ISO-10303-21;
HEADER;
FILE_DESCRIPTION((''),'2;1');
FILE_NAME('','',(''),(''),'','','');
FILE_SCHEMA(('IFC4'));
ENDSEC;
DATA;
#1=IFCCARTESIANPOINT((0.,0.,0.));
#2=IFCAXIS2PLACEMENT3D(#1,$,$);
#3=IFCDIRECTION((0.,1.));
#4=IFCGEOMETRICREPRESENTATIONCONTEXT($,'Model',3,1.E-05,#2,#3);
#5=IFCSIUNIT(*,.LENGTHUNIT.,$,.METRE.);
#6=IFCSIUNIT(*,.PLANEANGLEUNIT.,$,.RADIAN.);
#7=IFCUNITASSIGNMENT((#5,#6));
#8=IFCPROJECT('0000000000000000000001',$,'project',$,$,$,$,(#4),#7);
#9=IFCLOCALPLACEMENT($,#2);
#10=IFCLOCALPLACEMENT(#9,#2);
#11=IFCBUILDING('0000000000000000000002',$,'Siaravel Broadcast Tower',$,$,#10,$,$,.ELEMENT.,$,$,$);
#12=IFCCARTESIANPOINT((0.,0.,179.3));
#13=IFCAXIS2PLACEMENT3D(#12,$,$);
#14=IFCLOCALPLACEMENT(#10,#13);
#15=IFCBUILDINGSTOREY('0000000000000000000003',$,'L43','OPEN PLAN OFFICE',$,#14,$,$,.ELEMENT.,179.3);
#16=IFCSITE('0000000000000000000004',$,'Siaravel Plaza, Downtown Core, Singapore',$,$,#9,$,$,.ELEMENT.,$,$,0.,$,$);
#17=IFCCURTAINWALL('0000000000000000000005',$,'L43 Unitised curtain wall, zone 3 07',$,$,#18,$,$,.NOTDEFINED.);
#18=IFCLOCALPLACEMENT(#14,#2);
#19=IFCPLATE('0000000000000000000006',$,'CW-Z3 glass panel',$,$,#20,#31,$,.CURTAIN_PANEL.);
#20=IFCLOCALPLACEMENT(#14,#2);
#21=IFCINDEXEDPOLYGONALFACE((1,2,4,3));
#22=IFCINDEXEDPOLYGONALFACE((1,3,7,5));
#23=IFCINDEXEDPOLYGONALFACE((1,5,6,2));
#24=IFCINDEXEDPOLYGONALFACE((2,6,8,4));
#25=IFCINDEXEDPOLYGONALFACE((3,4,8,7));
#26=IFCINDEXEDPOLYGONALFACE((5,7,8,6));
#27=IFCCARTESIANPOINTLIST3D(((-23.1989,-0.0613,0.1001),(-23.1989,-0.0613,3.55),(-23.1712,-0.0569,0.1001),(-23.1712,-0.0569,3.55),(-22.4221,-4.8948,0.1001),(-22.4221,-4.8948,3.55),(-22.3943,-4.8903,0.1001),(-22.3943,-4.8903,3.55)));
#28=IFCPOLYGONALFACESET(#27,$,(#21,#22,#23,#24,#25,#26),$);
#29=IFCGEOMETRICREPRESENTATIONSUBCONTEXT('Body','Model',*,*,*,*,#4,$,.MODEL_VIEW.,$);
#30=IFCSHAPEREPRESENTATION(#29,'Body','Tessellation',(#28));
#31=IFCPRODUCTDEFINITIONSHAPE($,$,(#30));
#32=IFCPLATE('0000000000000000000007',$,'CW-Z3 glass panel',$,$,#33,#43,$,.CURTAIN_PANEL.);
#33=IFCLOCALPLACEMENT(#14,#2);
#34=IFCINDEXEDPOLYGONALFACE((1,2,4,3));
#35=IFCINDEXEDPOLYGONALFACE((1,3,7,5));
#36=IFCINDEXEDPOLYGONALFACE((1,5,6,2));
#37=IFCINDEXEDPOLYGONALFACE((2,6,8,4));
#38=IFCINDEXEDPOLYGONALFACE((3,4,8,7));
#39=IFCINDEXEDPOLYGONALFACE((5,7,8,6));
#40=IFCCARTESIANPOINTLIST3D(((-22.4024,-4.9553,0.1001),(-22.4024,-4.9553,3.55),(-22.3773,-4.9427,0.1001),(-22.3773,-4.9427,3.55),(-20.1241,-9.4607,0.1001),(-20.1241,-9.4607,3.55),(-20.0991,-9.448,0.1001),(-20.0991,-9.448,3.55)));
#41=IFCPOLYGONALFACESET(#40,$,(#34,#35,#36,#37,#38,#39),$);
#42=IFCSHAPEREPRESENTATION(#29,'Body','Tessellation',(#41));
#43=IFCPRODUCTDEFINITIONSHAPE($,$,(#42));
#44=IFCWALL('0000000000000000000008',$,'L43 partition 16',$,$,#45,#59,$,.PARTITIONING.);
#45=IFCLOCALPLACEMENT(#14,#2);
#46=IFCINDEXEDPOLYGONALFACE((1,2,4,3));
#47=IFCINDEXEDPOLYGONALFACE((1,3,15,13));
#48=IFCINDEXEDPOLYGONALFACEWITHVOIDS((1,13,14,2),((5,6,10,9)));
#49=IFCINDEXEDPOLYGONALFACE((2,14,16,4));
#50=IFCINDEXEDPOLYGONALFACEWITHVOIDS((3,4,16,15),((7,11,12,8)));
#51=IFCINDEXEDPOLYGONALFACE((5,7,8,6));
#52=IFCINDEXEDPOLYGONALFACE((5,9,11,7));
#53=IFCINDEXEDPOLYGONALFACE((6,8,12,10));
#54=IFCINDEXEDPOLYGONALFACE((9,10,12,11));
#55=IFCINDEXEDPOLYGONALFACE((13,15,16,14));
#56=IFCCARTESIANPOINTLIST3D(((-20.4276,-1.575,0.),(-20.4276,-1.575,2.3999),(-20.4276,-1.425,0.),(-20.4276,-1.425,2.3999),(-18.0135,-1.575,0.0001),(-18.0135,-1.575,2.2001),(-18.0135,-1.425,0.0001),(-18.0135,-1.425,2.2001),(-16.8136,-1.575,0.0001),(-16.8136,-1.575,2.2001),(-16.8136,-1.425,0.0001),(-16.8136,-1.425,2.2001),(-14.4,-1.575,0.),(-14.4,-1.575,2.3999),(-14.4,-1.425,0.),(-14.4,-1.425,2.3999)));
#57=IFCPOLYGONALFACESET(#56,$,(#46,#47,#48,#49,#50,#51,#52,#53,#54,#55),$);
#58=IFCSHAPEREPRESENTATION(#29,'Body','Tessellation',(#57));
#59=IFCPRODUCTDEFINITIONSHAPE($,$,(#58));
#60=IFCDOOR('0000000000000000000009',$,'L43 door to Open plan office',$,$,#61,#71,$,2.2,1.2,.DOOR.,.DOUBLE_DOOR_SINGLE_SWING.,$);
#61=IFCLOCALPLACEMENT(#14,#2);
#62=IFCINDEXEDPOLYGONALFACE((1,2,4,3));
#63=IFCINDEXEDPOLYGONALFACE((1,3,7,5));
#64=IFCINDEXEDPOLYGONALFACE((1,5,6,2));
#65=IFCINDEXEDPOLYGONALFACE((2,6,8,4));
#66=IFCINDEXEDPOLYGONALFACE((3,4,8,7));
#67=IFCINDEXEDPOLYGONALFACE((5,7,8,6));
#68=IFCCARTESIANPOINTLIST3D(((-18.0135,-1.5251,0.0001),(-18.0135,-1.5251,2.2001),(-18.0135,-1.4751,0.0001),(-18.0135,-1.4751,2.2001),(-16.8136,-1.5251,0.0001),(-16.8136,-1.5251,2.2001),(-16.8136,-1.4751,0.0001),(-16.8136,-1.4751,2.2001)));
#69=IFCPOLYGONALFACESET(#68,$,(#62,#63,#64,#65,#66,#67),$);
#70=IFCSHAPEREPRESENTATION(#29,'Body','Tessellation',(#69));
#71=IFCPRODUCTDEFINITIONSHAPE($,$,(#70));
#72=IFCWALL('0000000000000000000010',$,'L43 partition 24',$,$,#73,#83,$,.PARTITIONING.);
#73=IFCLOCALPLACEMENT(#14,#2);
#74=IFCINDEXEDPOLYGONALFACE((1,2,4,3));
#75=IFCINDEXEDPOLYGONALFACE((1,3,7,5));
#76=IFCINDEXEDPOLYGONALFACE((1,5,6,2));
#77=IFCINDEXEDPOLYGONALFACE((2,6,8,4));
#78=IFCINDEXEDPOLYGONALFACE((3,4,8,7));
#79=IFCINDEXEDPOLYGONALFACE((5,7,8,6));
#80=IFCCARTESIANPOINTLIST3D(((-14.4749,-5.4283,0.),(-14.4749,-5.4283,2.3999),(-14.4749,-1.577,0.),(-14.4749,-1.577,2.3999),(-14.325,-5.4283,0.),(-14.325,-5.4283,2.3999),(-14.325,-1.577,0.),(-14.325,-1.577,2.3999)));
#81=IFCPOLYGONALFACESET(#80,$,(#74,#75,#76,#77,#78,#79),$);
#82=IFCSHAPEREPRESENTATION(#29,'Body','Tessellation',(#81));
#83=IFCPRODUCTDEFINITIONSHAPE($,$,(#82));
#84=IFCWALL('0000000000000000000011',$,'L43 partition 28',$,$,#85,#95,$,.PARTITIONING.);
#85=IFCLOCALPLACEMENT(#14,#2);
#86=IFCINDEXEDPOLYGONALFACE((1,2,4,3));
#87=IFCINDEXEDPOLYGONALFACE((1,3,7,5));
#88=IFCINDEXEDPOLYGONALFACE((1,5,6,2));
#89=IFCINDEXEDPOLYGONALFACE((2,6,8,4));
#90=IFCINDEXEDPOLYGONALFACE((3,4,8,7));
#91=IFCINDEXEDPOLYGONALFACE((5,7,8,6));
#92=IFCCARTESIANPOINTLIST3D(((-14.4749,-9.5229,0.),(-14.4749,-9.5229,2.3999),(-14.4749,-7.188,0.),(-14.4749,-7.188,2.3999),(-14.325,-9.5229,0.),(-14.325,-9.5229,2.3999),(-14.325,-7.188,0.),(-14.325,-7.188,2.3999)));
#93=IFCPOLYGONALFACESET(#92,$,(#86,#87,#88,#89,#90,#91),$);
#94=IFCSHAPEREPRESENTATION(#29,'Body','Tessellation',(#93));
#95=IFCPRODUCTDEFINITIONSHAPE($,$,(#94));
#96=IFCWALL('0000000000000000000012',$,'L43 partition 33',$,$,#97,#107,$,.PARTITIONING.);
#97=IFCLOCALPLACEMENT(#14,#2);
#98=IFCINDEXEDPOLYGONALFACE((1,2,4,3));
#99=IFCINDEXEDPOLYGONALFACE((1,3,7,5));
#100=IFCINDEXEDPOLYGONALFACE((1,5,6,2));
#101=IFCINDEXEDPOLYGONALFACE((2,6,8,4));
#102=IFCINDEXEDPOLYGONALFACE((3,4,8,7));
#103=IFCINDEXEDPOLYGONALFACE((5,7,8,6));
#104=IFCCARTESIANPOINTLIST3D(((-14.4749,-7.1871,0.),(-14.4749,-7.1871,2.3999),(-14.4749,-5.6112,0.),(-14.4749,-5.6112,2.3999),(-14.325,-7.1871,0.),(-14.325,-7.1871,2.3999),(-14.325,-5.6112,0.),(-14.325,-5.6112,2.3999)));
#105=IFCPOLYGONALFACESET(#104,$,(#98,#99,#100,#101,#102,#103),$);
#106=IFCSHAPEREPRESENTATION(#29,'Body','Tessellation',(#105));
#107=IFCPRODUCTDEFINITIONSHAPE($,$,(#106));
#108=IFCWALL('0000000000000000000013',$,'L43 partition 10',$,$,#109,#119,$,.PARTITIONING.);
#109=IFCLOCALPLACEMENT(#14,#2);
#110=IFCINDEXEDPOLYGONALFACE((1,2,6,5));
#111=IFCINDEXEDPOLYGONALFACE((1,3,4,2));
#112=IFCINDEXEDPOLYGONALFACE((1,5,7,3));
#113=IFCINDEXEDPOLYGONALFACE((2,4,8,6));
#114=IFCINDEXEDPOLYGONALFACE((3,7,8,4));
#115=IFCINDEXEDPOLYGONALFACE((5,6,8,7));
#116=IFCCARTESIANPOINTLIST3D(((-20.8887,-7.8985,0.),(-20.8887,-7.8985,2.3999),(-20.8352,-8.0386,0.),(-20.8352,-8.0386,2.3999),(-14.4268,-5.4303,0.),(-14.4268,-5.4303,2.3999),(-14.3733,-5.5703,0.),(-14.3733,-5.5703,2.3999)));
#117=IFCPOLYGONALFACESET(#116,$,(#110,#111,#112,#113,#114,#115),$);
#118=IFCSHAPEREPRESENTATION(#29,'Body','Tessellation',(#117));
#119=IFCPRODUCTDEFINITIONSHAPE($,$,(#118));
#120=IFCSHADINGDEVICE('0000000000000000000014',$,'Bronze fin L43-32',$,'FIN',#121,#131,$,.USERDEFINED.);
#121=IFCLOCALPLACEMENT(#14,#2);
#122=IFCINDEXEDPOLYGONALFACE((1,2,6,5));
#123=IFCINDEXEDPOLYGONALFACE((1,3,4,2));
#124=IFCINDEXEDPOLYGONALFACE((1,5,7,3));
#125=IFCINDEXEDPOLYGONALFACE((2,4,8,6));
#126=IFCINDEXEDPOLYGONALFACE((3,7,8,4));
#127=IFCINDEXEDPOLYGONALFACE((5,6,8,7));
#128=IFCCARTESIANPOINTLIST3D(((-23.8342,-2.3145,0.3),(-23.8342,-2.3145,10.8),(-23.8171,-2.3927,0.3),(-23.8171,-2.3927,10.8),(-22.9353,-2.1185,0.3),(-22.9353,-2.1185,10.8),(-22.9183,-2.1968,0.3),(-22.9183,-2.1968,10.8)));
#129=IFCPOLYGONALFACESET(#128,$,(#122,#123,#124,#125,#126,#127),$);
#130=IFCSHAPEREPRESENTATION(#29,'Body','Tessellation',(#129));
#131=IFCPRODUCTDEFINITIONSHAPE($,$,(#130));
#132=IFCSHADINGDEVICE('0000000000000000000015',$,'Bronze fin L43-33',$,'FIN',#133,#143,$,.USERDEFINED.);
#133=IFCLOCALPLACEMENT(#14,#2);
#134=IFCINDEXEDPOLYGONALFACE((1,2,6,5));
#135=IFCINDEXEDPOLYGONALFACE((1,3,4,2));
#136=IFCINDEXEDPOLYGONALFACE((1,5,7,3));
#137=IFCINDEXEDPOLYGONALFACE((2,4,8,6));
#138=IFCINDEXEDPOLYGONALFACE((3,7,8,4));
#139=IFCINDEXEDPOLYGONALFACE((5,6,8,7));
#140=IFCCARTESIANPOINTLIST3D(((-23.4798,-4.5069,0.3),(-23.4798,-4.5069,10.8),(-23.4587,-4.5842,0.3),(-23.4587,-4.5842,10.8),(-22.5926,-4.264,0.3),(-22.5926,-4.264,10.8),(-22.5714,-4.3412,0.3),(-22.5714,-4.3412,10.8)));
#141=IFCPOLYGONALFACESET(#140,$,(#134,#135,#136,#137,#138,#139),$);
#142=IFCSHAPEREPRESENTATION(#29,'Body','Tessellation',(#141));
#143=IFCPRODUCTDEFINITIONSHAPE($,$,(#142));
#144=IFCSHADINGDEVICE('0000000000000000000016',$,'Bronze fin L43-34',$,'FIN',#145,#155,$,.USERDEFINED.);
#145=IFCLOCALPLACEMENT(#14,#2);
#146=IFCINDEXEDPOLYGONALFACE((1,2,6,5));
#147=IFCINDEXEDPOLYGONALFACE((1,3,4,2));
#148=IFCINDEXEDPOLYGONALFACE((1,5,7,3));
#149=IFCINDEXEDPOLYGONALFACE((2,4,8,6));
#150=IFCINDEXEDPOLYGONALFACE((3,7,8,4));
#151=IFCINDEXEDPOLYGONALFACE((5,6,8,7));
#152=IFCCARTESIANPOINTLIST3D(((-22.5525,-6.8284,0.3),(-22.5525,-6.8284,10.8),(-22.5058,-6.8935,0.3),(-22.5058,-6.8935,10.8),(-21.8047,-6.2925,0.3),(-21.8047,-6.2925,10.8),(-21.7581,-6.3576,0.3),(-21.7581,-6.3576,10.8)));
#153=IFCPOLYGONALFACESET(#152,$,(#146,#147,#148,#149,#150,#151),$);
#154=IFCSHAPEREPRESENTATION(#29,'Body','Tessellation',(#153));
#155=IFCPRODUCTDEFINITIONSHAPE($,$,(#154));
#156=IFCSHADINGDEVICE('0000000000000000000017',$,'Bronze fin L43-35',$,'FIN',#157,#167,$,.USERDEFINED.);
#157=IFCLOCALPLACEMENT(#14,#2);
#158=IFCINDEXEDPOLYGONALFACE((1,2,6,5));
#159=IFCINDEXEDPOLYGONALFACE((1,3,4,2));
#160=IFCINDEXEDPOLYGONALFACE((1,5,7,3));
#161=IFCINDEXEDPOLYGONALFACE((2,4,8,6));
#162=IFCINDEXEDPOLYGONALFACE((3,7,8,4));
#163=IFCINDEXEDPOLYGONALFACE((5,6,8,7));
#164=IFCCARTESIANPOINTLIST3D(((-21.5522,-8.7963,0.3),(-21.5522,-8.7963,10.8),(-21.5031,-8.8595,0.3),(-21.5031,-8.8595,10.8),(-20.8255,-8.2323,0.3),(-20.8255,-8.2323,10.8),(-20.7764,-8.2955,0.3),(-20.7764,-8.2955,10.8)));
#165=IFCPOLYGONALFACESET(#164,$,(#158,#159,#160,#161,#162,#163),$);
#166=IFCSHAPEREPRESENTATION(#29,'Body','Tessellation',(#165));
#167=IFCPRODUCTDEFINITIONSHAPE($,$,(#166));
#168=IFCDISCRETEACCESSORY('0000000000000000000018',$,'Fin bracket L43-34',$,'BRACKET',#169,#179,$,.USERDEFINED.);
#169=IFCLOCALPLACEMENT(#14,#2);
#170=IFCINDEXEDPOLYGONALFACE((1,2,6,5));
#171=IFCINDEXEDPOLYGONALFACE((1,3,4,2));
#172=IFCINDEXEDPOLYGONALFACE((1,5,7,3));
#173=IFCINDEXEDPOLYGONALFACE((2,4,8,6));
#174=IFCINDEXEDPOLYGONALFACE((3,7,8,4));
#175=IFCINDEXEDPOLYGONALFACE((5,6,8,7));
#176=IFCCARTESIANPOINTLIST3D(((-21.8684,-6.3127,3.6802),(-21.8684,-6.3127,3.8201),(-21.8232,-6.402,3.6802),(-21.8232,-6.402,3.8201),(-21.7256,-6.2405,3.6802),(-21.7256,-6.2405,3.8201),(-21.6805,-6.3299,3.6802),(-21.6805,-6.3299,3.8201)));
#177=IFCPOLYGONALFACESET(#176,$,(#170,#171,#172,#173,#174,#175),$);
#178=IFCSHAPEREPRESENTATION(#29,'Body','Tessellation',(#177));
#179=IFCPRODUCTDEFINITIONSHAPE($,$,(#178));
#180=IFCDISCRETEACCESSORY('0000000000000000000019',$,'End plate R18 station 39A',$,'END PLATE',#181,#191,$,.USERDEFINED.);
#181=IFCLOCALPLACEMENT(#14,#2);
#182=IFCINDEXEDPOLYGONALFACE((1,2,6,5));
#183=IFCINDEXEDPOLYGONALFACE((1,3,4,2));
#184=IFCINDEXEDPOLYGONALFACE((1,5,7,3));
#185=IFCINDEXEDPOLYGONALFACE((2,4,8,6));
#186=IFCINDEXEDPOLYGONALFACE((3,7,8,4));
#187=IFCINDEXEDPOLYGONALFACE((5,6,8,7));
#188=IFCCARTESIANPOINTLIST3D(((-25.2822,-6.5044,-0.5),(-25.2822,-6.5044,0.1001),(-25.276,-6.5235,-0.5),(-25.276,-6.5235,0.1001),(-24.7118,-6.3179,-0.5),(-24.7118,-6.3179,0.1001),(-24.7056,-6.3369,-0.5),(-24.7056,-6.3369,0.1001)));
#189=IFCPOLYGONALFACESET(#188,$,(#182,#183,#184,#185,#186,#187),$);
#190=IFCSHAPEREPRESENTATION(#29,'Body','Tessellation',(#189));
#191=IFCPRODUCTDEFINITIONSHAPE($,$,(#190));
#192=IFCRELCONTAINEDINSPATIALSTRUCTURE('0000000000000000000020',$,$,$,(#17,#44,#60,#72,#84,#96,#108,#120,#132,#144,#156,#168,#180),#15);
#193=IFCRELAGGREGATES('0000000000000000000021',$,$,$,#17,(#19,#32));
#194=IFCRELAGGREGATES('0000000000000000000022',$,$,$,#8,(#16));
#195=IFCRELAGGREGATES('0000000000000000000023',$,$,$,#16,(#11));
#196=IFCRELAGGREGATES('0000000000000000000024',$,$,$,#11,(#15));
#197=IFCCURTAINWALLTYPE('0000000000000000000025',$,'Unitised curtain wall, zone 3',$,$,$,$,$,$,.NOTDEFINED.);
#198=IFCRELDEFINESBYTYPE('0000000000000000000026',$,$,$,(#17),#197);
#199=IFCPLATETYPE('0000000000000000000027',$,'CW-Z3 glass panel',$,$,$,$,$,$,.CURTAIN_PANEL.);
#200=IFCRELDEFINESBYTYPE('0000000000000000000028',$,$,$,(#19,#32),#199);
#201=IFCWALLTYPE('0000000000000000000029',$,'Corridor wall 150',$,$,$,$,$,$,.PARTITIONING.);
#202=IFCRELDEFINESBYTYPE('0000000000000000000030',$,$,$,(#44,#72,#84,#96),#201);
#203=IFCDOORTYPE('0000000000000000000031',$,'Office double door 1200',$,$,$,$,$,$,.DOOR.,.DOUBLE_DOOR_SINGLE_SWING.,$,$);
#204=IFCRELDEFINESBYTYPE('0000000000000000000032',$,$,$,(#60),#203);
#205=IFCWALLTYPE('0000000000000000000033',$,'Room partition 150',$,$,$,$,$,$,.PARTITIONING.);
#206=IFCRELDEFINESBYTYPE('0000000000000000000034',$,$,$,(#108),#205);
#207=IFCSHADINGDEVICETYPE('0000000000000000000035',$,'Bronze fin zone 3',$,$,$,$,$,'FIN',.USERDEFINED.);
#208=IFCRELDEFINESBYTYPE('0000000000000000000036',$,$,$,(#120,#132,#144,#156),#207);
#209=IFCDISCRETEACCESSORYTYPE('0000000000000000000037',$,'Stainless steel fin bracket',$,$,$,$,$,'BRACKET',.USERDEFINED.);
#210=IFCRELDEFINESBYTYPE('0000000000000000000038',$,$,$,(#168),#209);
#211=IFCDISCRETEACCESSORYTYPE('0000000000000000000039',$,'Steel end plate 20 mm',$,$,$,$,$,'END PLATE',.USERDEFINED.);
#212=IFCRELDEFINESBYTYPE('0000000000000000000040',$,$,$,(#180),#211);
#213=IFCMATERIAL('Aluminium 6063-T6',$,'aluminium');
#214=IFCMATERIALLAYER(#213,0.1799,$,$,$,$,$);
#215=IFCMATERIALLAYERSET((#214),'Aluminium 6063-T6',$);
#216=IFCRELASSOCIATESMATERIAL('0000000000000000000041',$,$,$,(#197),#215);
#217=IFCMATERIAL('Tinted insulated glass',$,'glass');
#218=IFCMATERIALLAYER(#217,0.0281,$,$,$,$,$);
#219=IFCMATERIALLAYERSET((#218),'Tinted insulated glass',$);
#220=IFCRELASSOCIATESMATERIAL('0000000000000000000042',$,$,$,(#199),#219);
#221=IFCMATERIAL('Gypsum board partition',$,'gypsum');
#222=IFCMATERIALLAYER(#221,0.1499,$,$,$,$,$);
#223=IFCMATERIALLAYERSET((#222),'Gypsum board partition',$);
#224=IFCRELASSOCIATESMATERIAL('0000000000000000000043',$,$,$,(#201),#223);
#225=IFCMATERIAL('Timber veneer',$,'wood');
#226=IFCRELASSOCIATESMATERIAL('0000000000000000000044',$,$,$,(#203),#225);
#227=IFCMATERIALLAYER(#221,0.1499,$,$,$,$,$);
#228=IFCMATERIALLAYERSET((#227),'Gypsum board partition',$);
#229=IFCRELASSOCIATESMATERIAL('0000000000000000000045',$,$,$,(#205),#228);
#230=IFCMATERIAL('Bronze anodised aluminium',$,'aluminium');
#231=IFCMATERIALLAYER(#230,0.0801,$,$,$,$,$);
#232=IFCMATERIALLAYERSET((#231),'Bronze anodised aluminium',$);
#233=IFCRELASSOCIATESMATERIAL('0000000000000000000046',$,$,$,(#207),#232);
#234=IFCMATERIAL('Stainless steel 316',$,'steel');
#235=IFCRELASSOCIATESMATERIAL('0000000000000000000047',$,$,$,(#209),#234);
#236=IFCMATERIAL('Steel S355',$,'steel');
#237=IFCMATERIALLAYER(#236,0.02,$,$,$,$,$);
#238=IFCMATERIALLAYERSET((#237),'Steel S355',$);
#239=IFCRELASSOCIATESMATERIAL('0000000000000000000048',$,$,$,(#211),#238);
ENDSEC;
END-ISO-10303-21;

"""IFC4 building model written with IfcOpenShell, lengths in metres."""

from ifc_helpers import new_model, si_unit, direction, frame, frame_2d, origin, origin_2d, place, context, subcontext, project, spatial, rectangle, extrude, material, layer, layer_set, type_object, element, fill, aggregate, save


model = new_model("IFC4")

# Units and contexts
model_context = context("Model", 3, precision=1e-05, world=origin(), true_north=direction((0.0, 1.0)))
body_context = subcontext(model_context, "Body", "Model", "MODEL_VIEW")
ifc_project = project(units=[si_unit("LENGTHUNIT", "METRE"), si_unit("PLANEANGLEUNIT", "RADIAN")], contexts=[model_context])

# Site, building, storey
site_placement = place(None, origin())
site = spatial("IfcSite", under=ifc_project, at=site_placement, Name="Siaravel Plaza, Downtown Core, Singapore", CompositionType="ELEMENT", RefElevation=0.0)
building_placement = place(site_placement, origin())
building = spatial("IfcBuilding", under=site, at=building_placement, Name="Siaravel Broadcast Tower", CompositionType="ELEMENT")
storey_placement = place(building_placement, frame((0.0, 0.0, 179.3)))
storey = spatial("IfcBuildingStorey", under=building, at=storey_placement, Name="L43", Description="OPEN PLAN OFFICE", CompositionType="ELEMENT", Elevation=179.3)

# Shared definitions
ifc_material_1 = material(Name="Steel S355", Category="steel")

# Curtain wall
ifc_material_2 = material(Name="Aluminium 6063-T6", Category="aluminium")
ifc_layer_1 = layer(ifc_material_2, 0.1799)
ifc_layer_set_1 = layer_set([ifc_layer_1], Name="Aluminium 6063-T6")
curtain_wall_type = type_object("IfcCurtainWallType", Name="Unitised curtain wall, zone 3", PredefinedType="NOTDEFINED", material=ifc_layer_set_1)
curtain_wall_placement = place(storey_placement, origin())
curtain_wall = element("IfcCurtainWall", 1, at=curtain_wall_placement, inside=storey, type_object=curtain_wall_type, Name="L43 Unitised curtain wall, zone 3 07", PredefinedType="NOTDEFINED")

# Plates
ifc_material_3 = material(Name="Tinted insulated glass", Category="glass")
ifc_layer_2 = layer(ifc_material_3, 0.0281)
ifc_layer_set_2 = layer_set([ifc_layer_2], Name="Tinted insulated glass")
plate_type = type_object("IfcPlateType", Name="CW-Z3 glass panel", PredefinedType="CURTAIN_PANEL", material=ifc_layer_set_2)
plate_1_placement = place(storey_placement, frame((-22.7966, -2.4758, 0.1001), z_axis=(0.0, 0.0, 1.0), x_axis=(0.158686, -0.987329, 0.0)))
plate_1 = element("IfcPlate", 2, at=plate_1_placement, type_object=plate_type, Name="CW-Z3 glass panel", PredefinedType="CURTAIN_PANEL", context=body_context, shape_type="SweptSolid", body=[
    extrude(rectangle(XDim=4.8955, YDim=0.0281, at=origin_2d()), origin(), (0.0, 0.0, 1.0), 3.45),
])
plate_2_placement = place(storey_placement, frame((-21.2507, -7.2017, 0.1001), z_axis=(0.0, 0.0, 1.0), x_axis=(0.451261, -0.892392, 0.0)))
plate_2 = element("IfcPlate", 3, at=plate_2_placement, type_object=plate_type, Name="CW-Z3 glass panel", PredefinedType="CURTAIN_PANEL", context=body_context, shape_type="SweptSolid", body=[
    extrude(rectangle(XDim=5.0486, YDim=0.0281, at=origin_2d()), origin(), (0.0, 0.0, 1.0), 3.45),
])
aggregate(curtain_wall, [plate_1, plate_2])

# Wall, opening, door
ifc_material_4 = material(Name="Gypsum board partition", Category="gypsum")
ifc_layer_3 = layer(ifc_material_4, 0.1499)
ifc_layer_set_3 = layer_set([ifc_layer_3], Name="Gypsum board partition")
wall_type_1 = type_object("IfcWallType", Name="Corridor wall 150", PredefinedType="PARTITIONING", material=ifc_layer_set_3)
wall_1_placement = place(storey_placement, frame((-20.4275, -1.5, 0.0), z_axis=(0.0, 0.0, 1.0), x_axis=(1.0, 0.0, 0.0)))
wall_1 = element("IfcWall", 4, at=wall_1_placement, inside=storey, type_object=wall_type_1, Name="L43 partition 16", PredefinedType="PARTITIONING", context=body_context, shape_type="SweptSolid", body=[
    extrude(rectangle(XDim=6.0276, YDim=0.1499, at=frame_2d((3.0137, 0.0))), origin(), (0.0, 0.0, 1.0), 2.3999),
])
opening_placement = place(wall_1_placement, frame((2.4138, 0.0, 0.0)))
opening = element("IfcOpeningElement", 5, at=opening_placement, cuts=wall_1, PredefinedType="OPENING", context=body_context, shape_type="SweptSolid", body=[
    extrude(rectangle(XDim=1.2, YDim=2.2, at=frame_2d((0.6001, 1.1001))), frame((0.0, 0.085, 0.0), z_axis=(0.0, -1.0, 0.0), x_axis=(1.0, 0.0, 0.0)), (0.0, 0.0, 1.0), 0.1699),
])
ifc_material_5 = material(Name="Timber veneer", Category="wood")
door_type = type_object("IfcDoorType", Name="Office double door 1200", OperationType="DOUBLE_DOOR_SINGLE_SWING", PredefinedType="DOOR", material=ifc_material_5)
door_placement = place(opening_placement, origin())
door = element("IfcDoor", 6, at=door_placement, inside=storey, type_object=door_type, Name="L43 door to Open plan office", OperationType="DOUBLE_DOOR_SINGLE_SWING", OverallHeight=2.2, OverallWidth=1.2, PredefinedType="DOOR", context=body_context, shape_type="SweptSolid", body=[
    extrude(rectangle(XDim=1.2, YDim=2.2, at=frame_2d((0.6001, 1.1001))), frame((0.0, 0.0249, 0.0), z_axis=(0.0, -1.0, 0.0), x_axis=(1.0, 0.0, 0.0)), (0.0, 0.0, 1.0), 0.05),
])
fill(opening, door)

# Walls
wall_2_placement = place(storey_placement, frame((-14.3999, -1.5769, 0.0), z_axis=(0.0, 0.0, 1.0), x_axis=(0.0, -1.0, 0.0)))
element("IfcWall", 7, at=wall_2_placement, inside=storey, type_object=wall_type_1, Name="L43 partition 24", PredefinedType="PARTITIONING", context=body_context, shape_type="SweptSolid", body=[
    extrude(rectangle(XDim=3.8513, YDim=0.1499, at=frame_2d((1.9258, 0.0))), origin(), (0.0, 0.0, 1.0), 2.3999),
])
wall_3_placement = place(storey_placement, frame((-14.3999, -7.188, 0.0), z_axis=(0.0, 0.0, 1.0), x_axis=(0.0, -1.0, 0.0)))
element("IfcWall", 8, at=wall_3_placement, inside=storey, type_object=wall_type_1, Name="L43 partition 28", PredefinedType="PARTITIONING", context=body_context, shape_type="SweptSolid", body=[
    extrude(rectangle(XDim=2.335, YDim=0.1499, at=frame_2d((1.1675, 0.0))), origin(), (0.0, 0.0, 1.0), 2.3999),
])
wall_4_placement = place(storey_placement, frame((-14.3999, -5.6111, 0.0), z_axis=(0.0, 0.0, 1.0), x_axis=(0.0, -1.0, 0.0)))
element("IfcWall", 9, at=wall_4_placement, inside=storey, type_object=wall_type_1, Name="L43 partition 33", PredefinedType="PARTITIONING", context=body_context, shape_type="SweptSolid", body=[
    extrude(rectangle(XDim=1.5759, YDim=0.1499, at=frame_2d((0.7881, 0.0))), origin(), (0.0, 0.0, 1.0), 2.3999),
])
ifc_layer_4 = layer(ifc_material_4, 0.1499)
ifc_layer_set_4 = layer_set([ifc_layer_4], Name="Gypsum board partition")
wall_type_2 = type_object("IfcWallType", Name="Room partition 150", PredefinedType="PARTITIONING", material=ifc_layer_set_4)
wall_5_placement = place(storey_placement, frame((-20.8618, -7.9685, 0.0), z_axis=(0.0, 0.0, 1.0), x_axis=(0.934171, 0.356826, 0.0)))
element("IfcWall", 10, at=wall_5_placement, inside=storey, type_object=wall_type_2, Name="L43 partition 10", PredefinedType="PARTITIONING", context=body_context, shape_type="SweptSolid", body=[
    extrude(rectangle(XDim=6.9172, YDim=0.1499, at=frame_2d((3.4585, 0.0))), origin(), (0.0, 0.0, 1.0), 2.3999),
])

# Shading devices
ifc_material_6 = material(Name="Bronze anodised aluminium", Category="aluminium")
ifc_layer_5 = layer(ifc_material_6, 0.0801)
ifc_layer_set_5 = layer_set([ifc_layer_5], Name="Bronze anodised aluminium")
shading_device_type = type_object("IfcShadingDeviceType", Name="Bronze fin zone 3", ElementType="FIN", PredefinedType="USERDEFINED", material=ifc_layer_set_5)
for number, where, z_axis, x_axis, name in (
    (11, (-23.3762, -2.2556, 0.3), (0.0, 0.0, 1.0), (-0.977053, -0.212998, 0.0), "Bronze fin L43-32"),
    (12, (-23.0256, -4.4241, 0.3), (0.0, 0.0, 1.0), (-0.964501, -0.26408, 0.0), "Bronze fin L43-33"),
    (13, (-22.1553, -6.593, 0.3), (0.0, 0.0, 1.0), (-0.812832, -0.582498, 0.0), "Bronze fin L43-34"),
    (14, (-21.1643, -8.5459, 0.3), (0.0, 0.0, 1.0), (-0.79002, -0.613081, 0.0), "Bronze fin L43-35"),
):
    element("IfcShadingDevice", number, at=place(storey_placement, frame(where, z_axis=z_axis, x_axis=x_axis)), inside=storey, type_object=shading_device_type, Name=name, ObjectType="FIN", PredefinedType="USERDEFINED", context=body_context, shape_type="SweptSolid", body=[
        extrude(rectangle(XDim=0.9199, YDim=0.0801, at=origin_2d()), origin(), (0.0, 0.0, 1.0), 10.5),
    ])

# Discrete accessories
ifc_material_7 = material(Name="Stainless steel 316", Category="steel")
discrete_accessory_type_1 = type_object("IfcDiscreteAccessoryType", Name="Stainless steel fin bracket", ElementType="BRACKET", PredefinedType="USERDEFINED", material=ifc_material_7)
discrete_accessory_placement = place(storey_placement, frame((-21.7744, -6.3213, 3.6802), z_axis=(0.0, 0.0, 1.0), x_axis=(-0.892392, -0.451261, 0.0)))
element("IfcDiscreteAccessory", 15, at=discrete_accessory_placement, inside=storey, type_object=discrete_accessory_type_1, Name="Fin bracket L43-34", ObjectType="BRACKET", PredefinedType="USERDEFINED", context=body_context, shape_type="SweptSolid", body=[
    extrude(rectangle(XDim=0.1599, YDim=0.1001, at=origin_2d()), origin(), (0.0, 0.0, 1.0), 0.1399),
])
ifc_layer_6 = layer(ifc_material_1, 0.02)
ifc_layer_set_6 = layer_set([ifc_layer_6], Name="Steel S355")
discrete_accessory_type_2 = type_object("IfcDiscreteAccessoryType", Name="Steel end plate 20 mm", ElementType="END PLATE", PredefinedType="USERDEFINED", material=ifc_layer_set_6)
for number, where, z_axis, x_axis, name in (
    (16, (-24.9939, -6.4207, -0.5), (0.0, 0.0, 1.0), (0.31091, -0.950439, 0.0), "End plate R18 station 39A"),
):
    element("IfcDiscreteAccessory", number, at=place(storey_placement, frame(where, z_axis=z_axis, x_axis=x_axis)), inside=storey, type_object=discrete_accessory_type_2, Name=name, ObjectType="END PLATE", PredefinedType="USERDEFINED", context=body_context, shape_type="SweptSolid", body=[
        extrude(rectangle(XDim=0.02, YDim=0.6001, at=origin_2d()), origin(), (0.0, 0.0, 1.0), 0.6001),
    ])

save(model, "model.ifc")
